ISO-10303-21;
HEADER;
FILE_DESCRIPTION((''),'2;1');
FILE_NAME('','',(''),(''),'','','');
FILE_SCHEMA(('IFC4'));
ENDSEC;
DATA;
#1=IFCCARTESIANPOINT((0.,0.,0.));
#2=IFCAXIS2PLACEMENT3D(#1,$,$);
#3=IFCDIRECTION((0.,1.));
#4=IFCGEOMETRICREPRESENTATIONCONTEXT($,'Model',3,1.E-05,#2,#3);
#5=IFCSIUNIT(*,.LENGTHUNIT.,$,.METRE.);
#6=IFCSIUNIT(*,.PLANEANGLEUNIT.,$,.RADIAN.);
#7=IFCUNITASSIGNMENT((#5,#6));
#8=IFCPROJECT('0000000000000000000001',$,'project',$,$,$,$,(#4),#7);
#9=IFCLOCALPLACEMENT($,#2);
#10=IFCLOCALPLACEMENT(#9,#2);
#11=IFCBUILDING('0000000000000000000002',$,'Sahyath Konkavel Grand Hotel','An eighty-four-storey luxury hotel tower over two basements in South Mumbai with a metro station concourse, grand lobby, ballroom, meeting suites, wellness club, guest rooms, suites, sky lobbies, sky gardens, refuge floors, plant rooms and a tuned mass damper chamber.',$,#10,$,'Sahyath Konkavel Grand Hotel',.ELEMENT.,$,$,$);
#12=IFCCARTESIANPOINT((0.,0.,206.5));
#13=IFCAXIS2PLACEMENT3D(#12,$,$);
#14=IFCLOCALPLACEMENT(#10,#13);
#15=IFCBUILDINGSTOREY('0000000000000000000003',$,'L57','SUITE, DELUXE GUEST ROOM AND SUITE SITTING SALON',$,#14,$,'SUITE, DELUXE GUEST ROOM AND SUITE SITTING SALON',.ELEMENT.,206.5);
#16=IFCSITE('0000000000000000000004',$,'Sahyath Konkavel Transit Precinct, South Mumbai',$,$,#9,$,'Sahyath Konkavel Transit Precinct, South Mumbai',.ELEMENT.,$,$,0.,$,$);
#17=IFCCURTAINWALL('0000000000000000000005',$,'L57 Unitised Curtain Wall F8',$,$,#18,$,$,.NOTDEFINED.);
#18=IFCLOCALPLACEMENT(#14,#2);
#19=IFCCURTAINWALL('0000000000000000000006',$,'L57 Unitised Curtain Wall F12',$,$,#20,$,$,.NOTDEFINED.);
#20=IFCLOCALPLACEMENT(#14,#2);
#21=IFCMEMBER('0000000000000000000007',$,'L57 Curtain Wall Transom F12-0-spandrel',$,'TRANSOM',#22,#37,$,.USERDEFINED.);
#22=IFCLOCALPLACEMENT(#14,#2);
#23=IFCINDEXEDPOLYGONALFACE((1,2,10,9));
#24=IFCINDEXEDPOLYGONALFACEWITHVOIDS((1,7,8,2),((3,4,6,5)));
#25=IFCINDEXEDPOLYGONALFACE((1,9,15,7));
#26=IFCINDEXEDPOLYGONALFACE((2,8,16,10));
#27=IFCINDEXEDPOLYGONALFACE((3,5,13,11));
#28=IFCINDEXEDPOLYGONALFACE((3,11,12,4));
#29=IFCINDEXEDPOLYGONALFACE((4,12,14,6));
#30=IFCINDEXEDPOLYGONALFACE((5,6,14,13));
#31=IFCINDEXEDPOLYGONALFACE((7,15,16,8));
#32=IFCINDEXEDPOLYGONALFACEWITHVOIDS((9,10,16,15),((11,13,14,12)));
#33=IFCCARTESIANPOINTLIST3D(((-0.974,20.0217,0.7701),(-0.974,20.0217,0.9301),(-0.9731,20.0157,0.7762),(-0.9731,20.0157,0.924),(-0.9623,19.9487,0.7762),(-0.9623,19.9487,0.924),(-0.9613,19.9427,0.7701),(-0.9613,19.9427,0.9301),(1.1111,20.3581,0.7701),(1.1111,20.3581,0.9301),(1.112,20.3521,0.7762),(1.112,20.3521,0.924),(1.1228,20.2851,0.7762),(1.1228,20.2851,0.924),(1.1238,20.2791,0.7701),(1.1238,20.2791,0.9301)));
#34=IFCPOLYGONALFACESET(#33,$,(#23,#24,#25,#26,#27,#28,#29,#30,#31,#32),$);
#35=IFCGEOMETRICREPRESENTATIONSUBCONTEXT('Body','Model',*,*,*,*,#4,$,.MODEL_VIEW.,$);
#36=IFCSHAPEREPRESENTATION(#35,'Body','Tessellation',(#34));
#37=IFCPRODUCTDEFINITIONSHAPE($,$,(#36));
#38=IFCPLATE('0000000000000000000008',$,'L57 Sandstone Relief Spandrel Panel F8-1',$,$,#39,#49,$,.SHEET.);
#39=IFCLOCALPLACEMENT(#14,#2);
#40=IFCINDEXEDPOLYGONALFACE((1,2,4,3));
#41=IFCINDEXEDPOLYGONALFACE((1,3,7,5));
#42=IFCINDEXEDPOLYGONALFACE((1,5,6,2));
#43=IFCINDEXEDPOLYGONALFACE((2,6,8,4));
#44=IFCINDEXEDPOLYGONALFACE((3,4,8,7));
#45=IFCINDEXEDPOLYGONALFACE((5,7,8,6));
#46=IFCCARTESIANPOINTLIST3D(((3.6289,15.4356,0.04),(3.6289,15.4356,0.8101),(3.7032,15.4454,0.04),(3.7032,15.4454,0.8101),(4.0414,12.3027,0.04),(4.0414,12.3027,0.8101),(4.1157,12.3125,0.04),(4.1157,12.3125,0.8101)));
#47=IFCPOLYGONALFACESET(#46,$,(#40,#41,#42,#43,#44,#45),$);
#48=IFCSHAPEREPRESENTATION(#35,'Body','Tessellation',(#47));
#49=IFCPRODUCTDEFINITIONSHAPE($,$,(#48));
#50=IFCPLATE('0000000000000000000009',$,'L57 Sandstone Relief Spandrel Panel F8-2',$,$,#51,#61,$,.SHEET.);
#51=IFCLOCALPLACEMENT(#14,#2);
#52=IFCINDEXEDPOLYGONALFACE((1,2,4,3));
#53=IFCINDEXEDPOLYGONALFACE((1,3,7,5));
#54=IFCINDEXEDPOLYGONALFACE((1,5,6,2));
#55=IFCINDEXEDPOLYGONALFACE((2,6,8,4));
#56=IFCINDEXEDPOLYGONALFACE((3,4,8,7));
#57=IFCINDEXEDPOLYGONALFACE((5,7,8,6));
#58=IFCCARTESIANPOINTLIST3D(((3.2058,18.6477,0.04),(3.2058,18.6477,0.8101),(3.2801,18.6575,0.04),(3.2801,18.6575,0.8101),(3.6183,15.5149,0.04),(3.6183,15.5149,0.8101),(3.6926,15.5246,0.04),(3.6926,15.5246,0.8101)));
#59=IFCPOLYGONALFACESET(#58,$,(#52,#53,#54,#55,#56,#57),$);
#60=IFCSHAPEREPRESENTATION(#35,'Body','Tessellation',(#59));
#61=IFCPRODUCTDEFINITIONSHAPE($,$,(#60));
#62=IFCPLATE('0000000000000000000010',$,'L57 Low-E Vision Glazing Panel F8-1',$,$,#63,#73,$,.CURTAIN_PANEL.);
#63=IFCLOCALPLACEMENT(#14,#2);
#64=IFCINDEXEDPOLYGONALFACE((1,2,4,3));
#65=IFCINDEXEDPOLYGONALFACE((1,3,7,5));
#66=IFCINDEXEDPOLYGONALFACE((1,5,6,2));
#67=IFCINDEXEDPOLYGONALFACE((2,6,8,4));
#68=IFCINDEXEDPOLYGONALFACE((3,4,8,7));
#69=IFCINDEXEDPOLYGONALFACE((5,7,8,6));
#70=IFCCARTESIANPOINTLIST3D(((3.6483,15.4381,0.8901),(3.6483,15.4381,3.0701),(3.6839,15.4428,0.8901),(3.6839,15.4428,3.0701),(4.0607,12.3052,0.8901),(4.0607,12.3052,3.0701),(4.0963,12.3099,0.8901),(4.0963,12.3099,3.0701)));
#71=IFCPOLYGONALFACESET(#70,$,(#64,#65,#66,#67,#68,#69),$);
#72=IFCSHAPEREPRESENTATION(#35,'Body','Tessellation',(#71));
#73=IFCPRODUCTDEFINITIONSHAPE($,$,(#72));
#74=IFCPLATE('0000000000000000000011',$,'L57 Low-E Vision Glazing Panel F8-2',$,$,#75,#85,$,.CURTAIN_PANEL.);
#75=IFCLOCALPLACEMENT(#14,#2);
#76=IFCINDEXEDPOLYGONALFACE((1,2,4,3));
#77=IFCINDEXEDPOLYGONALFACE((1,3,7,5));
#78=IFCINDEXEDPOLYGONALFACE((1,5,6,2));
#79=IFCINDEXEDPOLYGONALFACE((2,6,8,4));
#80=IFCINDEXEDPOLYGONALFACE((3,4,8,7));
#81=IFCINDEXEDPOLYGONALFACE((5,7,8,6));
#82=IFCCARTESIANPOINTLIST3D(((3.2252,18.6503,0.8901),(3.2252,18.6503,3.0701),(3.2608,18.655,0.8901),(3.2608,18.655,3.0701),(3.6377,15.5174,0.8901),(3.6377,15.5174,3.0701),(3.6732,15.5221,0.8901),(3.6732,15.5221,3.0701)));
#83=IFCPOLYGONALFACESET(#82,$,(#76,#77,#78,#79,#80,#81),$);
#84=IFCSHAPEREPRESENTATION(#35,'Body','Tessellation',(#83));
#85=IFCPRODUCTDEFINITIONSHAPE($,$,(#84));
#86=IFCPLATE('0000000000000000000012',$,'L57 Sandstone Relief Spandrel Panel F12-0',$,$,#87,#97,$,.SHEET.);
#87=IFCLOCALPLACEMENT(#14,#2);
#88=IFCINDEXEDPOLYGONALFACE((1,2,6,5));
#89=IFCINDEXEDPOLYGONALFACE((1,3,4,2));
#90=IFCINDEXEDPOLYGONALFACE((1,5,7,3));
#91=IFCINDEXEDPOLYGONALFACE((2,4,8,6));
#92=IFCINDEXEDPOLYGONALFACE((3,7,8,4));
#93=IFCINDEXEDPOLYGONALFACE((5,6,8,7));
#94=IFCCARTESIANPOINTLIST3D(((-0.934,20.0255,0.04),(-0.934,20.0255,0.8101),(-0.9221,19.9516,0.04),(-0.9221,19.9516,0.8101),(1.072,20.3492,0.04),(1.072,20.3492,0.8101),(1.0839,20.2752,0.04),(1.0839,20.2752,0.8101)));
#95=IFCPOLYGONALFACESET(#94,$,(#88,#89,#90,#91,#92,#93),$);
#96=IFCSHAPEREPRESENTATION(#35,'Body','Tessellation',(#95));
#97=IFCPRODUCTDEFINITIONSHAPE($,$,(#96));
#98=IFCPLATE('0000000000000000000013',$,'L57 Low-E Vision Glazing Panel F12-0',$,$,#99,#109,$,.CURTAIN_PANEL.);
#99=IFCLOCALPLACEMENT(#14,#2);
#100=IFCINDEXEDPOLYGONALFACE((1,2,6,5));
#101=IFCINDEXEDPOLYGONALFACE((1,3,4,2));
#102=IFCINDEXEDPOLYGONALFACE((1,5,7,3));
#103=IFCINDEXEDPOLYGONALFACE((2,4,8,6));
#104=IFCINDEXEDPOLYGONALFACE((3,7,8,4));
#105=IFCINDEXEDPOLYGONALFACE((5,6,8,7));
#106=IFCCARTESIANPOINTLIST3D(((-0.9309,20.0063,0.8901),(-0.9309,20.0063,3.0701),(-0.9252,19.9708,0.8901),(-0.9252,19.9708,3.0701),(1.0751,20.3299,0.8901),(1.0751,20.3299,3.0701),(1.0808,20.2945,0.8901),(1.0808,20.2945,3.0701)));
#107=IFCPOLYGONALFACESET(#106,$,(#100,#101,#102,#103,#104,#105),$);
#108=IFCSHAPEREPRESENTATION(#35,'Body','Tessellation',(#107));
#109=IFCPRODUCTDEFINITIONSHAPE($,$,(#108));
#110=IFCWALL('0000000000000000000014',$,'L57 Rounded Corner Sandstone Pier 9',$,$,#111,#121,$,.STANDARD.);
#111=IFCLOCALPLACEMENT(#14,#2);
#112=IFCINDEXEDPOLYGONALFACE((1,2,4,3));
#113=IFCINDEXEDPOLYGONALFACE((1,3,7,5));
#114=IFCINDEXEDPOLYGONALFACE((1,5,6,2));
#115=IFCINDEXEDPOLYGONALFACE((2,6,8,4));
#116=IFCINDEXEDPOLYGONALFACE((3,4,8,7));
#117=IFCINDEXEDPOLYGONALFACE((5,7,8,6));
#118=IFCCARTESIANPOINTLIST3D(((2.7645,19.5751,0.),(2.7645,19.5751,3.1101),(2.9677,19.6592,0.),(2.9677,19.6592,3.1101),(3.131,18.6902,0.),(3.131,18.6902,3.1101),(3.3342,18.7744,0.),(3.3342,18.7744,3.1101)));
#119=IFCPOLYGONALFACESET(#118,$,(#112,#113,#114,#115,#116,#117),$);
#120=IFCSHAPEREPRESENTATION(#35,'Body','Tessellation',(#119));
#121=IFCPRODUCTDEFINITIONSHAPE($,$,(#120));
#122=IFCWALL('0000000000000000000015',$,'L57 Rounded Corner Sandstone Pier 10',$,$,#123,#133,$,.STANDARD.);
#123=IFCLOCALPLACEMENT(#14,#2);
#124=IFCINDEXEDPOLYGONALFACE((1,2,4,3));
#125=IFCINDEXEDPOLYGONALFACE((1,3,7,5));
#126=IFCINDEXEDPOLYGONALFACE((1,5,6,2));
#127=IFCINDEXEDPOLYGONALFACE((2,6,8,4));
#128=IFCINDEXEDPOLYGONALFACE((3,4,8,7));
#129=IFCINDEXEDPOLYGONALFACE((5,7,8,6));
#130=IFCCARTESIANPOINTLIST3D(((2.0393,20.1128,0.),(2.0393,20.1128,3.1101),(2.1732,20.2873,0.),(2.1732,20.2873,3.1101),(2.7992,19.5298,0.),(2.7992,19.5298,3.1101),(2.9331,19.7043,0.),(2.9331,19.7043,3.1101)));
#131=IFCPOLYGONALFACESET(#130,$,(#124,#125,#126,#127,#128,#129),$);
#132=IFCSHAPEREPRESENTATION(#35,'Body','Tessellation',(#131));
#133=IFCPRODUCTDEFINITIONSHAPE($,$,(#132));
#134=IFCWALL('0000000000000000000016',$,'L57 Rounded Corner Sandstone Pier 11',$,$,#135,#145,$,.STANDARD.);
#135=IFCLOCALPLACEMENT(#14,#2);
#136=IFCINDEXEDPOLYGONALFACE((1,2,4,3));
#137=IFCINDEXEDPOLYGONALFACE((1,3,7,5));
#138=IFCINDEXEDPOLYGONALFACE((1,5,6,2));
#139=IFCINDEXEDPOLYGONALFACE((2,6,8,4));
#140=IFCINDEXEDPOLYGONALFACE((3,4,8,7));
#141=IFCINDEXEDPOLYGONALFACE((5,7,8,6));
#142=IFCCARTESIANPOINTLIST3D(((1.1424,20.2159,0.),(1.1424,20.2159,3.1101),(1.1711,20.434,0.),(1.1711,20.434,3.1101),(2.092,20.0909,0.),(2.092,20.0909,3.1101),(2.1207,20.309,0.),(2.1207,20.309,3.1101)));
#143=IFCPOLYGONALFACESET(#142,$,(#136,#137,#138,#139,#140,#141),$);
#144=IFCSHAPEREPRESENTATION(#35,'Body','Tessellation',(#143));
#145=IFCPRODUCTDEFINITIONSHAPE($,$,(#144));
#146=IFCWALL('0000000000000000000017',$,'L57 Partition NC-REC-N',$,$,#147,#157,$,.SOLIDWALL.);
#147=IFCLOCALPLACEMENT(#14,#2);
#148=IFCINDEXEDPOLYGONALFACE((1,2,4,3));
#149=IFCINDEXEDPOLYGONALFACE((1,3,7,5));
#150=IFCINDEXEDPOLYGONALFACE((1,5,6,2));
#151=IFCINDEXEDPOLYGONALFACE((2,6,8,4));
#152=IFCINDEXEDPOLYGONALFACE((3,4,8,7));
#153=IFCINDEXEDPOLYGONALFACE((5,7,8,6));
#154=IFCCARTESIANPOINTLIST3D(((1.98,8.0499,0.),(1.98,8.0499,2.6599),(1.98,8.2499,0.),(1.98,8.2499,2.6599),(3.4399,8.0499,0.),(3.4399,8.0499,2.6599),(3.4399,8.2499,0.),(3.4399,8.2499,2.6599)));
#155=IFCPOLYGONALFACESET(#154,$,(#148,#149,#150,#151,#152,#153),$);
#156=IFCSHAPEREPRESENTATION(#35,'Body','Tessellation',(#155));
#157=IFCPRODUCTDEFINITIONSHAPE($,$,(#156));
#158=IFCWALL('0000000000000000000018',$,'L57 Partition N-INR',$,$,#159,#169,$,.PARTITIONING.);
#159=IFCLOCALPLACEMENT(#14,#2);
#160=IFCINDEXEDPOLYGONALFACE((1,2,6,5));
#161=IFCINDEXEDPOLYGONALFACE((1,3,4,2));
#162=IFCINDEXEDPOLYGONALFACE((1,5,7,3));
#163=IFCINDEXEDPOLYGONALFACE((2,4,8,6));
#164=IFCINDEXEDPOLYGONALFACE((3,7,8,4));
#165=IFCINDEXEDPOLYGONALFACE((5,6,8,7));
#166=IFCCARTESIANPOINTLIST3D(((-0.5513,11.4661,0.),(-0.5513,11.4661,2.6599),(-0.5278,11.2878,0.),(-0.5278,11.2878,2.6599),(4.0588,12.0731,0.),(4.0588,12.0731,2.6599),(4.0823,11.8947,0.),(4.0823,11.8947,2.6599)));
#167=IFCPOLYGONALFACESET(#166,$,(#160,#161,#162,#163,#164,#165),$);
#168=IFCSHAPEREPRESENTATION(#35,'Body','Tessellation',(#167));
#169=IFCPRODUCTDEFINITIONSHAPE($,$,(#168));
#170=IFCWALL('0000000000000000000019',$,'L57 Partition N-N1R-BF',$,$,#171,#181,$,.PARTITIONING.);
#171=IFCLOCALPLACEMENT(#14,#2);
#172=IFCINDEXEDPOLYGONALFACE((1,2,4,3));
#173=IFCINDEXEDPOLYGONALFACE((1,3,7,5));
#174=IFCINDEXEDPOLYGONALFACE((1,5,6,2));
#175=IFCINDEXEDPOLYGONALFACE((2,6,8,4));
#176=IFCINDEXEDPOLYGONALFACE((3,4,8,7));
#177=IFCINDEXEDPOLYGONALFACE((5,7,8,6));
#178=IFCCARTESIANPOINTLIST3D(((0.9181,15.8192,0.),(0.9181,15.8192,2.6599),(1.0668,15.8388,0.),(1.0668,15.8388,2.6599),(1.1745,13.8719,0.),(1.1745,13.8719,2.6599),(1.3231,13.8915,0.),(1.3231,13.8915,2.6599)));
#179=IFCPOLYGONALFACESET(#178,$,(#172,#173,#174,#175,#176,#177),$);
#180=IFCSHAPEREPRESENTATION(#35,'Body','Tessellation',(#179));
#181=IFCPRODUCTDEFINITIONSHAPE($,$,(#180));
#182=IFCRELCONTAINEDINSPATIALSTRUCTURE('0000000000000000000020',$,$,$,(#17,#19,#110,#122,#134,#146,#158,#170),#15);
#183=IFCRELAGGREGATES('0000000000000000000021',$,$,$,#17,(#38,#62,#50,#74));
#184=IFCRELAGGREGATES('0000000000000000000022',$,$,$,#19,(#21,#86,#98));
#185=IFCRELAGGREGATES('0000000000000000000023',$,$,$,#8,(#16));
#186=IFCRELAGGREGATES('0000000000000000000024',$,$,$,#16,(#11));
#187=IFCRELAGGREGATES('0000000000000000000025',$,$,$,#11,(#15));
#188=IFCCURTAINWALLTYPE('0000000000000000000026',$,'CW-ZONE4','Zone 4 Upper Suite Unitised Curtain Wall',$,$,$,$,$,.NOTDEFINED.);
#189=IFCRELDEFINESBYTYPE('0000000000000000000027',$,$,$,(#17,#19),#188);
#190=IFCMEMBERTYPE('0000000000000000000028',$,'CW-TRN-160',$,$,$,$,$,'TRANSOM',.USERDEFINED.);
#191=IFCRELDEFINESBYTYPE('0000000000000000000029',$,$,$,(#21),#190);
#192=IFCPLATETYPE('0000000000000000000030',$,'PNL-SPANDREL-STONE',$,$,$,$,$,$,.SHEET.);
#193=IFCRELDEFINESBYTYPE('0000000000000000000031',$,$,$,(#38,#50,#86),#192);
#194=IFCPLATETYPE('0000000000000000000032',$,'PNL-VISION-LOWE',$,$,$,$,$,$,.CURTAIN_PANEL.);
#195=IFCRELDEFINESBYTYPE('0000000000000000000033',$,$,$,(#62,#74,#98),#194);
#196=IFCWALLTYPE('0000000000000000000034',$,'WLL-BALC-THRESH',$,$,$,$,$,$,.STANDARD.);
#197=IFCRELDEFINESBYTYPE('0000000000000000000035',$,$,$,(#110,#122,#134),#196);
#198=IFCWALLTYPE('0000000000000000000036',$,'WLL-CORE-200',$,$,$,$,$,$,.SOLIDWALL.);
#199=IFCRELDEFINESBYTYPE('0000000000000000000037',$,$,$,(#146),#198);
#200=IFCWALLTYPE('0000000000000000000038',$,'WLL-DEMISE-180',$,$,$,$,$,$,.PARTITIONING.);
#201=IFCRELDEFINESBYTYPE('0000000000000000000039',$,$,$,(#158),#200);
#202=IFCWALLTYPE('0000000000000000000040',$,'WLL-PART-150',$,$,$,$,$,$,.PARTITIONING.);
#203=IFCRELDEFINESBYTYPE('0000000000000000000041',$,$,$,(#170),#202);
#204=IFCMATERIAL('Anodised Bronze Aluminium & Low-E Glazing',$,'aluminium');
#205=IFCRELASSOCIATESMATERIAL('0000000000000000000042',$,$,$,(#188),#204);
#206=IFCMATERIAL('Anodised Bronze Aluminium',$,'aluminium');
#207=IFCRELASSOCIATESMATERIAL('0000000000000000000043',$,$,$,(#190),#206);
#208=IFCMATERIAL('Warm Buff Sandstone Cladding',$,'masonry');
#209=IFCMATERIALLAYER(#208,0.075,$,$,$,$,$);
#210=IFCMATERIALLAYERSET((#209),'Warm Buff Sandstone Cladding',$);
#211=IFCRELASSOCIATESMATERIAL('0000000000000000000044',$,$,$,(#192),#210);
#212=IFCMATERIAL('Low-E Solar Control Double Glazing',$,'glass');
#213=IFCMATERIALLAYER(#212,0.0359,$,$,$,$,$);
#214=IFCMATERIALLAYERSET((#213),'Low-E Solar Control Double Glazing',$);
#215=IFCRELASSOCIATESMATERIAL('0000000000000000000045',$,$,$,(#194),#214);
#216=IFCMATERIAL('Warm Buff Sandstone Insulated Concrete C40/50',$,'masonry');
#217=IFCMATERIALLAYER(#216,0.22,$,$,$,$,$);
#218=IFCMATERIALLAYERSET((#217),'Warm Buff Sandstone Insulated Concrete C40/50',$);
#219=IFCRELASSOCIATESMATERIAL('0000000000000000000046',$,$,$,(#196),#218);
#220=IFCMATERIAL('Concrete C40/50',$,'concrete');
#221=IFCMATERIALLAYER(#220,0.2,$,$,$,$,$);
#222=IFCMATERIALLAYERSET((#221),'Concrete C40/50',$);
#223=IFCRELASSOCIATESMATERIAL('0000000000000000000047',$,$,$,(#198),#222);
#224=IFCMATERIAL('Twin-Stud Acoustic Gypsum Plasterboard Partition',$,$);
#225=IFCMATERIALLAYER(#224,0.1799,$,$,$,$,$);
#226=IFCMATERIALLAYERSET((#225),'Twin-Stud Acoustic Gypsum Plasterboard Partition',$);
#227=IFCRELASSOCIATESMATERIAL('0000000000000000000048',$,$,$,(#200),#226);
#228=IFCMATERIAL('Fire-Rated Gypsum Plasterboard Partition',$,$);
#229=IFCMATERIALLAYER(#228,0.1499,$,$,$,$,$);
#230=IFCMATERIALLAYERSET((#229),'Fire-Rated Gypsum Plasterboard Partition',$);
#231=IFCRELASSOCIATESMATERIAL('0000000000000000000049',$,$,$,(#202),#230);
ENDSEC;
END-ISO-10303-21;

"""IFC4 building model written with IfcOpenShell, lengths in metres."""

from ifc_helpers import new_model, si_unit, direction, frame, frame_2d, origin, origin_2d, place, context, subcontext, project, spatial, rectangle, hollow_rectangle, extrude, source, transform, mapped, material, layer, layer_set, material_profile, profile_set, type_object, element, aggregate, save


model = new_model("IFC4")

# Units and contexts
model_context = context("Model", 3, precision=1e-05, world=origin(), true_north=direction((0.0, 1.0)))
body_context = subcontext(model_context, "Body", "Model", "MODEL_VIEW")
ifc_project = project(units=[si_unit("LENGTHUNIT", "METRE"), si_unit("PLANEANGLEUNIT", "RADIAN")], contexts=[model_context])

# Site, building, storey
site_placement = place(None, origin())
site = spatial("IfcSite", under=ifc_project, at=site_placement, Name="Sahyath Konkavel Transit Precinct, South Mumbai", LongName="Sahyath Konkavel Transit Precinct, South Mumbai", CompositionType="ELEMENT", RefElevation=0.0)
building_placement = place(site_placement, origin())
building = spatial("IfcBuilding", under=site, at=building_placement, Name="Sahyath Konkavel Grand Hotel", Description="An eighty-four-storey luxury hotel tower over two basements in South Mumbai with a metro station concourse, grand lobby, ballroom, meeting suites, wellness club, guest rooms, suites, sky lobbies, sky gardens, refuge floors, plant rooms and a tuned mass damper chamber.", LongName="Sahyath Konkavel Grand Hotel", CompositionType="ELEMENT")
storey_placement = place(building_placement, frame((0.0, 0.0, 206.5)))
storey = spatial("IfcBuildingStorey", under=building, at=storey_placement, Name="L57", Description="SUITE, DELUXE GUEST ROOM AND SUITE SITTING SALON", LongName="SUITE, DELUXE GUEST ROOM AND SUITE SITTING SALON", CompositionType="ELEMENT", Elevation=206.5)

# Shared definitions
ifc_material_1 = material(Name="Concrete C40/50", Category="concrete")

# Curtain wall
ifc_material_2 = material(Name="Anodised Bronze Aluminium & Low-E Glazing", Category="aluminium")
curtain_wall_type = type_object("IfcCurtainWallType", Name="CW-ZONE4", Description="Zone 4 Upper Suite Unitised Curtain Wall", PredefinedType="NOTDEFINED", material=ifc_material_2)
curtain_wall_1_placement = place(storey_placement, origin())
curtain_wall_1 = element("IfcCurtainWall", 1, at=curtain_wall_1_placement, inside=storey, type_object=curtain_wall_type, Name="L57 Unitised Curtain Wall F8", PredefinedType="NOTDEFINED")
ifc_material_3 = material(Name="Anodised Bronze Aluminium", Category="aluminium")

# Curtain wall
curtain_wall_2_placement = place(storey_placement, origin())
curtain_wall_2 = element("IfcCurtainWall", 2, at=curtain_wall_2_placement, inside=storey, type_object=curtain_wall_type, Name="L57 Unitised Curtain Wall F12", PredefinedType="NOTDEFINED")

# Member
ifc_material_profile_1 = material_profile(ifc_material_3, hollow_rectangle(XDim=0.0801, YDim=0.1599, WallThickness=0.0061, at=origin_2d()), Name="RHS 160x80x6")
ifc_profile_set_1 = profile_set([ifc_material_profile_1], Name="Anodised Bronze Aluminium")
member_type_1 = type_object("IfcMemberType", Name="CW-TRN-160", ElementType="TRANSOM", PredefinedType="USERDEFINED", material=ifc_profile_set_1)
shared_shape_1 = source(origin(), body_context, "Body", "SweptSolid", [
    extrude(hollow_rectangle(XDim=0.0801, YDim=0.1599, WallThickness=0.0061, at=origin_2d()), origin(), (0.0, 0.0, 1.0), 2.1121),
])
member_1_placement = place(storey_placement, frame((1.1174, 20.3186, 0.8501), z_axis=(-0.987233, -0.15928, 0.0), x_axis=(0.15928, -0.987233, 0.0)))
member_1 = element("IfcMember", 3, at=member_1_placement, type_object=member_type_1, Name="L57 Curtain Wall Transom F12-0-spandrel", ObjectType="TRANSOM", PredefinedType="USERDEFINED", context=body_context, shape_type="MappedRepresentation", body=[
    mapped(shared_shape_1, transform((0.0, 0.0, 0.0), scale=1.0)),
])

# Plates
ifc_material_4 = material(Name="Warm Buff Sandstone Cladding", Category="masonry")
ifc_layer_1 = layer(ifc_material_4, 0.075)
ifc_layer_set_1 = layer_set([ifc_layer_1], Name="Warm Buff Sandstone Cladding")
plate_type_1 = type_object("IfcPlateType", Name="PNL-SPANDREL-STONE", PredefinedType="SHEET", material=ifc_layer_set_1)
shared_shape_2 = source(origin(), body_context, "Body", "SweptSolid", [
    extrude(rectangle(XDim=3.1599, YDim=0.075, at=origin_2d()), origin(), (0.0, 0.0, 1.0), 0.77),
])
plate_1_placement = place(storey_placement, frame((3.8723, 13.874, 0.04), z_axis=(0.0, 0.0, 1.0), x_axis=(-0.130526, 0.991445, 0.0)))
plate_1 = element("IfcPlate", 4, at=plate_1_placement, type_object=plate_type_1, Name="L57 Sandstone Relief Spandrel Panel F8-1", PredefinedType="SHEET", context=body_context, shape_type="MappedRepresentation", body=[
    mapped(shared_shape_2, transform((0.0, 0.0, 0.0), scale=1.0)),
])
plate_2_placement = place(storey_placement, frame((3.4492, 17.0862, 0.04), z_axis=(0.0, 0.0, 1.0), x_axis=(-0.130526, 0.991445, 0.0)))
plate_2 = element("IfcPlate", 5, at=plate_2_placement, type_object=plate_type_1, Name="L57 Sandstone Relief Spandrel Panel F8-2", PredefinedType="SHEET", context=body_context, shape_type="MappedRepresentation", body=[
    mapped(shared_shape_2, transform((0.0, 0.0, 0.0), scale=1.0)),
])
ifc_material_5 = material(Name="Low-E Solar Control Double Glazing", Category="glass")
ifc_layer_2 = layer(ifc_material_5, 0.0359)
ifc_layer_set_2 = layer_set([ifc_layer_2], Name="Low-E Solar Control Double Glazing")
plate_type_2 = type_object("IfcPlateType", Name="PNL-VISION-LOWE", PredefinedType="CURTAIN_PANEL", material=ifc_layer_set_2)
shared_shape_3 = source(origin(), body_context, "Body", "SweptSolid", [
    extrude(rectangle(XDim=3.1599, YDim=0.0359, at=origin_2d()), origin(), (0.0, 0.0, 1.0), 2.1799),
])
plate_3_placement = place(storey_placement, frame((3.8723, 13.874, 0.8901), z_axis=(0.0, 0.0, 1.0), x_axis=(-0.130526, 0.991445, 0.0)))
plate_3 = element("IfcPlate", 6, at=plate_3_placement, type_object=plate_type_2, Name="L57 Low-E Vision Glazing Panel F8-1", PredefinedType="CURTAIN_PANEL", context=body_context, shape_type="MappedRepresentation", body=[
    mapped(shared_shape_3, transform((0.0, 0.0, 0.0), scale=1.0)),
])
plate_4_placement = place(storey_placement, frame((3.4492, 17.0862, 0.8901), z_axis=(0.0, 0.0, 1.0), x_axis=(-0.130526, 0.991445, 0.0)))
plate_4 = element("IfcPlate", 7, at=plate_4_placement, type_object=plate_type_2, Name="L57 Low-E Vision Glazing Panel F8-2", PredefinedType="CURTAIN_PANEL", context=body_context, shape_type="MappedRepresentation", body=[
    mapped(shared_shape_3, transform((0.0, 0.0, 0.0), scale=1.0)),
])
aggregate(curtain_wall_1, [plate_1, plate_3, plate_2, plate_4])
shared_shape_4 = source(origin(), body_context, "Body", "SweptSolid", [
    extrude(rectangle(XDim=2.032, YDim=0.075, at=origin_2d()), origin(), (0.0, 0.0, 1.0), 0.77),
])
plate_5_placement = place(storey_placement, frame((0.075, 20.1504, 0.04), z_axis=(0.0, 0.0, 1.0), x_axis=(-0.987231, -0.159295, 0.0)))
plate_5 = element("IfcPlate", 8, at=plate_5_placement, type_object=plate_type_1, Name="L57 Sandstone Relief Spandrel Panel F12-0", PredefinedType="SHEET", context=body_context, shape_type="MappedRepresentation", body=[
    mapped(shared_shape_4, transform((0.0, 0.0, 0.0), scale=1.0)),
])
shared_shape_5 = source(origin(), body_context, "Body", "SweptSolid", [
    extrude(rectangle(XDim=2.032, YDim=0.0359, at=origin_2d()), origin(), (0.0, 0.0, 1.0), 2.1799),
])
plate_6_placement = place(storey_placement, frame((0.075, 20.1504, 0.8901), z_axis=(0.0, 0.0, 1.0), x_axis=(-0.987231, -0.159295, 0.0)))
plate_6 = element("IfcPlate", 9, at=plate_6_placement, type_object=plate_type_2, Name="L57 Low-E Vision Glazing Panel F12-0", PredefinedType="CURTAIN_PANEL", context=body_context, shape_type="MappedRepresentation", body=[
    mapped(shared_shape_5, transform((0.0, 0.0, 0.0), scale=1.0)),
])
aggregate(curtain_wall_2, [member_1, plate_5, plate_6])

# Walls
ifc_material_6 = material(Name="Warm Buff Sandstone Insulated Concrete C40/50", Category="masonry")
ifc_layer_3 = layer(ifc_material_6, 0.22)
ifc_layer_set_3 = layer_set([ifc_layer_3], Name="Warm Buff Sandstone Insulated Concrete C40/50")
wall_type_1 = type_object("IfcWallType", Name="WLL-BALC-THRESH", PredefinedType="STANDARD", material=ifc_layer_set_3)
for number, where, z_axis, x_axis, name in (
    (10, (3.2327, 18.7322, 0.0), (0.0, 0.0, 1.0), (-0.38266, 0.923889, 0.0), "L57 Rounded Corner Sandstone Pier 9"),
    (11, (2.8662, 19.6169, 0.0), (0.0, 0.0, 1.0), (-0.793344, 0.608774, 0.0), "L57 Rounded Corner Sandstone Pier 10"),
    (12, (2.1064, 20.2, 0.0), (0.0, 0.0, 1.0), (-0.991445, 0.130527, 0.0), "L57 Rounded Corner Sandstone Pier 11"),
):
    element("IfcWall", number, at=place(storey_placement, frame(where, z_axis=z_axis, x_axis=x_axis)), inside=storey, type_object=wall_type_1, Name=name, PredefinedType="STANDARD", context=body_context, shape_type="SweptSolid", body=[
        extrude(rectangle(XDim=0.9578, YDim=0.22, at=frame_2d((0.479, 0.0))), origin(), (0.0, 0.0, 1.0), 3.1101),
    ])
ifc_layer_4 = layer(ifc_material_1, 0.2)
ifc_layer_set_4 = layer_set([ifc_layer_4], Name="Concrete C40/50")
wall_type_2 = type_object("IfcWallType", Name="WLL-CORE-200", PredefinedType="SOLIDWALL", material=ifc_layer_set_4)
wall_1_placement = place(storey_placement, frame((1.98, 8.1499, 0.0), z_axis=(0.0, 0.0, 1.0), x_axis=(1.0, 0.0, 0.0)))
element("IfcWall", 13, at=wall_1_placement, inside=storey, type_object=wall_type_2, Name="L57 Partition NC-REC-N", PredefinedType="SOLIDWALL", context=body_context, shape_type="SweptSolid", body=[
    extrude(rectangle(XDim=1.46, YDim=0.2, at=frame_2d((0.73, 0.0))), origin(), (0.0, 0.0, 1.0), 2.6599),
])
ifc_material_7 = material(Name="Twin-Stud Acoustic Gypsum Plasterboard Partition")
ifc_layer_5 = layer(ifc_material_7, 0.1799)
ifc_layer_set_5 = layer_set([ifc_layer_5], Name="Twin-Stud Acoustic Gypsum Plasterboard Partition")
wall_type_3 = type_object("IfcWallType", Name="WLL-DEMISE-180", PredefinedType="PARTITIONING", material=ifc_layer_set_5)
wall_2_placement = place(storey_placement, frame((4.0706, 11.9839, 0.0), z_axis=(0.0, 0.0, 1.0), x_axis=(-0.991445, -0.130526, 0.0)))
element("IfcWall", 14, at=wall_2_placement, inside=storey, type_object=wall_type_3, Name="L57 Partition N-INR", PredefinedType="PARTITIONING", context=body_context, shape_type="SweptSolid", body=[
    extrude(rectangle(XDim=4.6499, YDim=0.1799, at=frame_2d((2.325, 0.0))), origin(), (0.0, 0.0, 1.0), 2.6599),
])
ifc_material_8 = material(Name="Fire-Rated Gypsum Plasterboard Partition")
ifc_layer_6 = layer(ifc_material_8, 0.1499)
ifc_layer_set_6 = layer_set([ifc_layer_6], Name="Fire-Rated Gypsum Plasterboard Partition")
wall_type_4 = type_object("IfcWallType", Name="WLL-PART-150", PredefinedType="PARTITIONING", material=ifc_layer_set_6)
wall_3_placement = place(storey_placement, frame((1.2488, 13.8818, 0.0), z_axis=(0.0, 0.0, 1.0), x_axis=(-0.130519, 0.991446, 0.0)))
element("IfcWall", 15, at=wall_3_placement, inside=storey, type_object=wall_type_4, Name="L57 Partition N-N1R-BF", PredefinedType="PARTITIONING", context=body_context, shape_type="SweptSolid", body=[
    extrude(rectangle(XDim=1.9641, YDim=0.1499, at=frame_2d((0.9819, 0.0))), origin(), (0.0, 0.0, 1.0), 2.6599),
])

save(model, "model.ifc")
